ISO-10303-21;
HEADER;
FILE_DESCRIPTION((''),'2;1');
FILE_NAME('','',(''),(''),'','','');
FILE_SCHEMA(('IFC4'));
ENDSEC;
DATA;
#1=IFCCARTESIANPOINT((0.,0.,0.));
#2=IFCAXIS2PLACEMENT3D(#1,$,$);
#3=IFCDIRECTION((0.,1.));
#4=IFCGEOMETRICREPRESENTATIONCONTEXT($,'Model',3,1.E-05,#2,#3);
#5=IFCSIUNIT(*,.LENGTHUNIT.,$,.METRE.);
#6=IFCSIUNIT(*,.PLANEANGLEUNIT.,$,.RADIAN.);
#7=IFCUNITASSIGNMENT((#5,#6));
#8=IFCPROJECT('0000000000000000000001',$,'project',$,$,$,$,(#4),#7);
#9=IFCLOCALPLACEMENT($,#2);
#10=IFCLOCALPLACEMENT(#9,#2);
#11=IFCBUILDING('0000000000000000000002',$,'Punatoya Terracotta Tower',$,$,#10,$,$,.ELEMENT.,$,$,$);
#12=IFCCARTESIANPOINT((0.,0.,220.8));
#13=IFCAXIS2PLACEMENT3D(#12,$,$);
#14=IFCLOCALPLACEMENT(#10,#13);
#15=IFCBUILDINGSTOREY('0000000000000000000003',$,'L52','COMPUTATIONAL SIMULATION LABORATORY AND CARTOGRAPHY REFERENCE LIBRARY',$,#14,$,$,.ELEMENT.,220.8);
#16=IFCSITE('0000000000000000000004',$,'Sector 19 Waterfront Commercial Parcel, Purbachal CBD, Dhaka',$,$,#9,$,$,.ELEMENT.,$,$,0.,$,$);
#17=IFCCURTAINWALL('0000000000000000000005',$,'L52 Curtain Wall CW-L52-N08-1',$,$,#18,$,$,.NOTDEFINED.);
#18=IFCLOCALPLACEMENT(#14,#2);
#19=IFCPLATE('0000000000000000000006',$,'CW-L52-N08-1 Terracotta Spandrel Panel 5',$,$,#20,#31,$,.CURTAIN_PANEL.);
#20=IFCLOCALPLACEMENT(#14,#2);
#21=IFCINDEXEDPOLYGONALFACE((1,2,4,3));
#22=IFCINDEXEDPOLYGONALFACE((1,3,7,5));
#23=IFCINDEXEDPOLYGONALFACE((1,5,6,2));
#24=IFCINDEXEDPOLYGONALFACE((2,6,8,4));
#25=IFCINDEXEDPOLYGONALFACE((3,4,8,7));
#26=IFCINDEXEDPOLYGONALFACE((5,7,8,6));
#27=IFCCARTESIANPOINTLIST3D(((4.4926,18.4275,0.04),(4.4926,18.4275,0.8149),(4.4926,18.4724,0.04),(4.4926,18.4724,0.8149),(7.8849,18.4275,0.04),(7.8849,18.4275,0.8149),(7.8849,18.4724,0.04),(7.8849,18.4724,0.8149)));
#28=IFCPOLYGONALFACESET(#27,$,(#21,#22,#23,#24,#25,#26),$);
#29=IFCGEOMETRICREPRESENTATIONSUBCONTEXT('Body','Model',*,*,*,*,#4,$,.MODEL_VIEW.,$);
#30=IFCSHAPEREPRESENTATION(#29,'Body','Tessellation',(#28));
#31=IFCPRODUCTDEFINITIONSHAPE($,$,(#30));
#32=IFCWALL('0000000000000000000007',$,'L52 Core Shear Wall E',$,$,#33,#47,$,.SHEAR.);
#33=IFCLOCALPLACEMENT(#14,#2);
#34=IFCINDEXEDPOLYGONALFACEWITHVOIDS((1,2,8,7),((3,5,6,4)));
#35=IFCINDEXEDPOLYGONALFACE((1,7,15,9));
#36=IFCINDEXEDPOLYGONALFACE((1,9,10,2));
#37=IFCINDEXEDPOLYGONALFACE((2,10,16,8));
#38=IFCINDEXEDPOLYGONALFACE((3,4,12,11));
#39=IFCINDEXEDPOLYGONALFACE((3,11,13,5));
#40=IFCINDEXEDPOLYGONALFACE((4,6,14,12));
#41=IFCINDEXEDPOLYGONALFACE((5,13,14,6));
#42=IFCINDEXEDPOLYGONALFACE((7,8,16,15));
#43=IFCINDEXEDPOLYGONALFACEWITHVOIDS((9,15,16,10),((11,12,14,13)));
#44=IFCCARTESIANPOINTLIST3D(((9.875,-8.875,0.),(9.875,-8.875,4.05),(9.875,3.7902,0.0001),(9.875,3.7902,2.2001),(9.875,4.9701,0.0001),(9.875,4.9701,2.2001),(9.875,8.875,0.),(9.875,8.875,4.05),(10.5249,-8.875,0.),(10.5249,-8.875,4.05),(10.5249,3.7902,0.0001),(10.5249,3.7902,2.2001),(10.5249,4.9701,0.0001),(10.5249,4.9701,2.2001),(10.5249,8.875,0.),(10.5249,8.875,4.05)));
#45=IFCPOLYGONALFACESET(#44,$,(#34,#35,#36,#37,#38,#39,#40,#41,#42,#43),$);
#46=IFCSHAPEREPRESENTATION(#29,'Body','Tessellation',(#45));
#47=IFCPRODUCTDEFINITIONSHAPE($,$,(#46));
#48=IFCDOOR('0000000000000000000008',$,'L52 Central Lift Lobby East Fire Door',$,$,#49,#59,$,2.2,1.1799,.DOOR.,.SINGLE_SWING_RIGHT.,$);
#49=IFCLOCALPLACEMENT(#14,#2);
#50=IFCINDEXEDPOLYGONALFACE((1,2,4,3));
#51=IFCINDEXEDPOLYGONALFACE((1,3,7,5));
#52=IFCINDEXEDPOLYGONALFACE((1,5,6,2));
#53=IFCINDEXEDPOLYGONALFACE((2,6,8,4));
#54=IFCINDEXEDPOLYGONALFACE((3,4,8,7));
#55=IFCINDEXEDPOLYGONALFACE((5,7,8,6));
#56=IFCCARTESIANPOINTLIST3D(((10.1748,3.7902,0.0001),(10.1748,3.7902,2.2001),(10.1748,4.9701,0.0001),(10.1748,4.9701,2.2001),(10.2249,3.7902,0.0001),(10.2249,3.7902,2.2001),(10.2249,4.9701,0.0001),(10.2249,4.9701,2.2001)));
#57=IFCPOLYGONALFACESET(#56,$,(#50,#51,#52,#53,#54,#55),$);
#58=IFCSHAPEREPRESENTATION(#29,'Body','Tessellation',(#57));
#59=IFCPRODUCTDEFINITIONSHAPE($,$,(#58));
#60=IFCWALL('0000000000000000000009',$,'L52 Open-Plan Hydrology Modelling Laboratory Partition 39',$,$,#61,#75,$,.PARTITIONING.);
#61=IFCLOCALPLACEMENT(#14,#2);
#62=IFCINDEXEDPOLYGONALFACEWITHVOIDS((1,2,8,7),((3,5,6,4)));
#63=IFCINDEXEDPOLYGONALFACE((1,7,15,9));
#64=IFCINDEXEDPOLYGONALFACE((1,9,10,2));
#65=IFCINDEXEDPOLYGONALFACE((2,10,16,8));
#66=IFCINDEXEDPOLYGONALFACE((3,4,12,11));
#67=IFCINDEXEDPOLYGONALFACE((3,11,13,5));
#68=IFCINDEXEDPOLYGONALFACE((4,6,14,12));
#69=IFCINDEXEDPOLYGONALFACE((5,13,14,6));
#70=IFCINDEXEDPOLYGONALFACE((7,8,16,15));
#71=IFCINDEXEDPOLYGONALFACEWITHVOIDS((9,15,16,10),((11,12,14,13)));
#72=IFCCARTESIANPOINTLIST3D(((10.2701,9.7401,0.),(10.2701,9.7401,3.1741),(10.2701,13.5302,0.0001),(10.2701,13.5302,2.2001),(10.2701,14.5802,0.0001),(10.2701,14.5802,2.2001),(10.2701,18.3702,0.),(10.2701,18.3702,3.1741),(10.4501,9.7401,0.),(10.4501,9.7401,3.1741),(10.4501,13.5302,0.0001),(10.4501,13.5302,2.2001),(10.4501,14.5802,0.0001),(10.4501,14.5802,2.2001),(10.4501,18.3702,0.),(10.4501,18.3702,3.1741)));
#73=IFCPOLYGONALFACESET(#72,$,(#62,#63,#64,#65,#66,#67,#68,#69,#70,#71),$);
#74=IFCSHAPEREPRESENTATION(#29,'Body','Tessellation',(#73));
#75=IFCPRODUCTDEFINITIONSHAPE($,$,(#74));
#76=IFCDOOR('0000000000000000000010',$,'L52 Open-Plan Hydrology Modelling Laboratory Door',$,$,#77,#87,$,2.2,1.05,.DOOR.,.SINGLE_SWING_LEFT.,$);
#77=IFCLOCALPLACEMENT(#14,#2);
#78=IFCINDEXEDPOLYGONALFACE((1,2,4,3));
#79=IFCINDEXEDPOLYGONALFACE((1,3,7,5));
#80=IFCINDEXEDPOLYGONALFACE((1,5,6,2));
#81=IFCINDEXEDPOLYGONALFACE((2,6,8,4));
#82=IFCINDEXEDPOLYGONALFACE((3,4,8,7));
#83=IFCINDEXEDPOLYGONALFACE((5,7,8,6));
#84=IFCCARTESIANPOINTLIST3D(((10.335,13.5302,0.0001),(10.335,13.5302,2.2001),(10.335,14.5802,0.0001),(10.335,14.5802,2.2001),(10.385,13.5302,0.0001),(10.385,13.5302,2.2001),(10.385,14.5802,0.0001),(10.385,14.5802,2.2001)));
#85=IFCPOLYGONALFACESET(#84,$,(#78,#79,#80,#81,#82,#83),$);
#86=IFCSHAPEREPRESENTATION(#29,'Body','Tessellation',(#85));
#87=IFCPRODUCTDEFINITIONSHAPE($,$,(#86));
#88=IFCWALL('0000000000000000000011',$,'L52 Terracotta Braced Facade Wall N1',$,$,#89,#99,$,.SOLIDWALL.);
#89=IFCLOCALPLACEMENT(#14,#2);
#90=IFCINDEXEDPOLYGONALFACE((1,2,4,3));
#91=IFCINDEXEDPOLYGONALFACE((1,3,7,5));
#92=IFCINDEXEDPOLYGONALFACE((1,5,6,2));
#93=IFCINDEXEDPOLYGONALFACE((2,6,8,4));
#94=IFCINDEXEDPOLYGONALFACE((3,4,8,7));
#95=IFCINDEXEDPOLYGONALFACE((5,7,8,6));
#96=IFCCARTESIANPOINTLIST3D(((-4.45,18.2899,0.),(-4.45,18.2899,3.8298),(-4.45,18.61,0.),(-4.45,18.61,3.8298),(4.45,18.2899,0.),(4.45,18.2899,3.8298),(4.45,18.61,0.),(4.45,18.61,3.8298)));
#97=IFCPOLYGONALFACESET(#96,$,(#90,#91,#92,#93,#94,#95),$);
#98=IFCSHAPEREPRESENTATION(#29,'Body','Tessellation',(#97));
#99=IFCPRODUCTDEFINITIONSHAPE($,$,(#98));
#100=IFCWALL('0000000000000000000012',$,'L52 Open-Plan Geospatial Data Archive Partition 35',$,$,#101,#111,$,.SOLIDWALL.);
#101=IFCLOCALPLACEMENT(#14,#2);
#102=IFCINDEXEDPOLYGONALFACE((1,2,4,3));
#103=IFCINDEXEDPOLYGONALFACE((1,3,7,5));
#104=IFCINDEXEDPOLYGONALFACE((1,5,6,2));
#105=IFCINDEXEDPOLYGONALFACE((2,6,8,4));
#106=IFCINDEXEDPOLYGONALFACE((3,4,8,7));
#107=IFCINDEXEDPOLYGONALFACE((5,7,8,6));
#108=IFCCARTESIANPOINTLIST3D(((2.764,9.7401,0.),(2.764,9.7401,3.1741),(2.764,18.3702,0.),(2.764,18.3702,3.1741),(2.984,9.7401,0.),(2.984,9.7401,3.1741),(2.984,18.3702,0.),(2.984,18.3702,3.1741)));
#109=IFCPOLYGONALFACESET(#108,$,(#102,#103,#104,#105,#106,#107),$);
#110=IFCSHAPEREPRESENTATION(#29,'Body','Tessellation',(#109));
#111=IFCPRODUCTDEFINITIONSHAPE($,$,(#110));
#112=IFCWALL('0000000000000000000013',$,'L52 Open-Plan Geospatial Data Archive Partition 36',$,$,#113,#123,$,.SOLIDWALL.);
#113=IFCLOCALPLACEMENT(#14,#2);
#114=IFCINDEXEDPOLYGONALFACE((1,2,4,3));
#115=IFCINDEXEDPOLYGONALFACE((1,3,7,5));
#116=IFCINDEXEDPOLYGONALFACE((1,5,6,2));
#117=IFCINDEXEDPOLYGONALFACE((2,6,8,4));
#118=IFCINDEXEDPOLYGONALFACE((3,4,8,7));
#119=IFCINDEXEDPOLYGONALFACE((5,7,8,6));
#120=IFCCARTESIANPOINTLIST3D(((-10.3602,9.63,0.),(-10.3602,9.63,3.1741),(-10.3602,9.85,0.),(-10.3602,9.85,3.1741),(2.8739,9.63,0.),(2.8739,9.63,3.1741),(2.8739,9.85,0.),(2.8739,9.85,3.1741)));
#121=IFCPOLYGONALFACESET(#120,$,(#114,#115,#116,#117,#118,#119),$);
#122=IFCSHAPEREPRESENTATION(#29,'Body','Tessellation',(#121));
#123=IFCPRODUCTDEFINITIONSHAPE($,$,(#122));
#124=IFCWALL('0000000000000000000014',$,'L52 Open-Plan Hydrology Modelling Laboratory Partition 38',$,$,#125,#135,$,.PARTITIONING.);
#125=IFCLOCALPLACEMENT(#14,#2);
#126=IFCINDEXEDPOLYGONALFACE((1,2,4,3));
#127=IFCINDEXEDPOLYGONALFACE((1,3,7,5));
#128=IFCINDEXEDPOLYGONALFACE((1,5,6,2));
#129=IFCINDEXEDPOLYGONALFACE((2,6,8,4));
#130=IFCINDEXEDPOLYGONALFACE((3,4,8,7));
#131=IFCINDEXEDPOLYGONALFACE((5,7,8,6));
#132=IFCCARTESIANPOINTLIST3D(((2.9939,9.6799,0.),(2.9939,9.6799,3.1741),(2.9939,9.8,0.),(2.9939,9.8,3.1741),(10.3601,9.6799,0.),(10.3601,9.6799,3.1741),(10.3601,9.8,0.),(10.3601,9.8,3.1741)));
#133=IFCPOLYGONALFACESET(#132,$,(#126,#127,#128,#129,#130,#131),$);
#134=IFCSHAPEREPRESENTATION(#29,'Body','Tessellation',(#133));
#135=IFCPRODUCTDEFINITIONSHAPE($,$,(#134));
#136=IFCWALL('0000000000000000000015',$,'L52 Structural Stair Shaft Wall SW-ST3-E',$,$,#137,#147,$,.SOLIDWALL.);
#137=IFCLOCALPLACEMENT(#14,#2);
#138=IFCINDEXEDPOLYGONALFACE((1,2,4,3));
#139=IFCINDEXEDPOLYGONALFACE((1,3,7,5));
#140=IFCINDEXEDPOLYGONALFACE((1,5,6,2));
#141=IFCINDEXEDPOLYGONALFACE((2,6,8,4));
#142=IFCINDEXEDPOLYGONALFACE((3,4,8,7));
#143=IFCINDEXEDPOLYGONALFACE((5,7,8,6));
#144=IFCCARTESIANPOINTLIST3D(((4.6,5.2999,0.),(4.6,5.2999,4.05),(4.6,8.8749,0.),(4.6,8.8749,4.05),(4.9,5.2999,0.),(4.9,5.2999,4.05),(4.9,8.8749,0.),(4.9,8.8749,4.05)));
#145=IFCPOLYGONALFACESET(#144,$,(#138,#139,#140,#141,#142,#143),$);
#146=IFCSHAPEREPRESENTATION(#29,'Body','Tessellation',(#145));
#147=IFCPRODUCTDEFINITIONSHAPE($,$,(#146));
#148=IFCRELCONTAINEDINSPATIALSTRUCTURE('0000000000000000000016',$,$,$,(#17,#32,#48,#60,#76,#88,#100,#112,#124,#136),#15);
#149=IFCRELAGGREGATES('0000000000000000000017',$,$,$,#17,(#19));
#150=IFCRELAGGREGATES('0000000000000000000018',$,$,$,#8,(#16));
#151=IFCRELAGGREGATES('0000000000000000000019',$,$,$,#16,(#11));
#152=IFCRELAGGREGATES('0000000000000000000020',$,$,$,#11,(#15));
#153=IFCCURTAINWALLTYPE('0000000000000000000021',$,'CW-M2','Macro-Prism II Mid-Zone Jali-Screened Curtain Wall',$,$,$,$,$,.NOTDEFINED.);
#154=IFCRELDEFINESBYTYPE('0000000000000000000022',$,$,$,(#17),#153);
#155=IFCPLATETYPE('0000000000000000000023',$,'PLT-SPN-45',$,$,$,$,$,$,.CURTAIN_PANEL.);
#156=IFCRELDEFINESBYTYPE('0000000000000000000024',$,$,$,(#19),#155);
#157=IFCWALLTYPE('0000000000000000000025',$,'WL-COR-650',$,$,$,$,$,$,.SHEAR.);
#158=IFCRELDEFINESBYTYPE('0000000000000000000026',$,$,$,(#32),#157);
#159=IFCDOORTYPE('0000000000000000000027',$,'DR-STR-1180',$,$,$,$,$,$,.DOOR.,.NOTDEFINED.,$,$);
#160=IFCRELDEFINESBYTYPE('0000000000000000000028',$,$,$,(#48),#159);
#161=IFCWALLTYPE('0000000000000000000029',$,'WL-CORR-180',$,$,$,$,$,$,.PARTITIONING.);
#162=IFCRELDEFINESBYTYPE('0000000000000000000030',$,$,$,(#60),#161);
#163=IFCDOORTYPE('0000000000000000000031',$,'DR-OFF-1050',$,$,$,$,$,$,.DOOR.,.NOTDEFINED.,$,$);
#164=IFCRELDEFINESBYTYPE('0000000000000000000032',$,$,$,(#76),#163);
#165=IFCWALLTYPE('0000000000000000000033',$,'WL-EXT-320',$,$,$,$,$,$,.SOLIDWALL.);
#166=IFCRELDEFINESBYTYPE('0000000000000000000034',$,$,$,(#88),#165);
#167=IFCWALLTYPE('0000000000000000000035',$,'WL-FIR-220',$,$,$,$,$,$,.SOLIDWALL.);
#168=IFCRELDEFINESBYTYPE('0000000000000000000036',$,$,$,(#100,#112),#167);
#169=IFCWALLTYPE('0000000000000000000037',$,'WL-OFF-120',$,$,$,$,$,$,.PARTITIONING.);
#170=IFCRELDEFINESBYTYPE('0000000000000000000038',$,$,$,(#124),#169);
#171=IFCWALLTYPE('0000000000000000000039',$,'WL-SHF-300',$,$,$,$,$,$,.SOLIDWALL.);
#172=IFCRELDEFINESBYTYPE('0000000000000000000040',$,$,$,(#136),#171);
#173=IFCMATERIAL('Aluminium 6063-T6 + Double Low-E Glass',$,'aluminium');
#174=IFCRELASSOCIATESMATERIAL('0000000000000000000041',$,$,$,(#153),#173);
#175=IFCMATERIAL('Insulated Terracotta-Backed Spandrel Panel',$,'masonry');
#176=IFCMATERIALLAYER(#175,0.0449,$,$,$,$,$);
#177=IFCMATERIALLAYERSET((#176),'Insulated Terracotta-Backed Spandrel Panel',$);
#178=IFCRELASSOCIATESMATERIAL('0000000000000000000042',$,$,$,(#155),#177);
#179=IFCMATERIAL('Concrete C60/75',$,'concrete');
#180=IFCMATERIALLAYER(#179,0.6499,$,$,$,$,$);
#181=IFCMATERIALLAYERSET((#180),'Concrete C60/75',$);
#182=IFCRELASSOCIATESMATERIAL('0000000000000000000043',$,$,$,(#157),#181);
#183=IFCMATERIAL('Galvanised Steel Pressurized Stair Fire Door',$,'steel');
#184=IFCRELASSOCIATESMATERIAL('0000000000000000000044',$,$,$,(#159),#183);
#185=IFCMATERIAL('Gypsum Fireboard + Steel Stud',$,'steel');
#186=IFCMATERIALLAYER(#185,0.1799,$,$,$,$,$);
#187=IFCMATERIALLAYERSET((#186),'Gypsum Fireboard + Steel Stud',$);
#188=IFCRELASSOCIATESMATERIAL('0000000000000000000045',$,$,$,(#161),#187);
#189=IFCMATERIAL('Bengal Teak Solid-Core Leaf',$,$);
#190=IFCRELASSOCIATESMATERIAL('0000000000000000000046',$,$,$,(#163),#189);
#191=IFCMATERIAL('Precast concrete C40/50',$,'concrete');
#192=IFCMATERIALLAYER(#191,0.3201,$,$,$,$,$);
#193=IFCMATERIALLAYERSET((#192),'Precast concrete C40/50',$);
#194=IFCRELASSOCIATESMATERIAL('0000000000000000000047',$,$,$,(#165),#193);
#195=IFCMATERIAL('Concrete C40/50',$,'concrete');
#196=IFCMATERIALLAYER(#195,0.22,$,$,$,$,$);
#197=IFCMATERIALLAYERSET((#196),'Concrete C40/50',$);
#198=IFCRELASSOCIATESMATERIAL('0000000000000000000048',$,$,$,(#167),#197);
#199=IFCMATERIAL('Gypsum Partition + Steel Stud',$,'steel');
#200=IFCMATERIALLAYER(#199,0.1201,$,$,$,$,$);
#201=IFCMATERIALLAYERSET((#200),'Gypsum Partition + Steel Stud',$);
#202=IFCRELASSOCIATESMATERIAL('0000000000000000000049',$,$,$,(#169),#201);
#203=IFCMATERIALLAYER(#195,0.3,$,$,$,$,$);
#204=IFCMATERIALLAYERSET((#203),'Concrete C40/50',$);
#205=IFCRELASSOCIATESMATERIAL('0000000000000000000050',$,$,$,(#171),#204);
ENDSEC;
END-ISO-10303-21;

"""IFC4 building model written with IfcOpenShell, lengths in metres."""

from ifc_helpers import new_model, si_unit, direction, frame, frame_2d, origin, origin_2d, place, context, subcontext, project, spatial, rectangle, extrude, material, layer, layer_set, type_object, element, fill, aggregate, save


model = new_model("IFC4")

# Units and contexts
model_context = context("Model", 3, precision=1e-05, world=origin(), true_north=direction((0.0, 1.0)))
body_context = subcontext(model_context, "Body", "Model", "MODEL_VIEW")
ifc_project = project(units=[si_unit("LENGTHUNIT", "METRE"), si_unit("PLANEANGLEUNIT", "RADIAN")], contexts=[model_context])

# Site, building, storey
site_placement = place(None, origin())
site = spatial("IfcSite", under=ifc_project, at=site_placement, Name="Sector 19 Waterfront Commercial Parcel, Purbachal CBD, Dhaka", CompositionType="ELEMENT", RefElevation=0.0)
building_placement = place(site_placement, origin())
building = spatial("IfcBuilding", under=site, at=building_placement, Name="Punatoya Terracotta Tower", CompositionType="ELEMENT")
storey_placement = place(building_placement, frame((0.0, 0.0, 220.8)))
storey = spatial("IfcBuildingStorey", under=building, at=storey_placement, Name="L52", Description="COMPUTATIONAL SIMULATION LABORATORY AND CARTOGRAPHY REFERENCE LIBRARY", CompositionType="ELEMENT", Elevation=220.8)

# Curtain wall
ifc_material_1 = material(Name="Aluminium 6063-T6 + Double Low-E Glass", Category="aluminium")
curtain_wall_type = type_object("IfcCurtainWallType", Name="CW-M2", Description="Macro-Prism II Mid-Zone Jali-Screened Curtain Wall", PredefinedType="NOTDEFINED", material=ifc_material_1)
curtain_wall_placement = place(storey_placement, origin())
curtain_wall = element("IfcCurtainWall", 1, at=curtain_wall_placement, inside=storey, type_object=curtain_wall_type, Name="L52 Curtain Wall CW-L52-N08-1", PredefinedType="NOTDEFINED")

# Plate
ifc_material_2 = material(Name="Insulated Terracotta-Backed Spandrel Panel", Category="masonry")
ifc_layer_1 = layer(ifc_material_2, 0.0449)
ifc_layer_set_1 = layer_set([ifc_layer_1], Name="Insulated Terracotta-Backed Spandrel Panel")
plate_type_1 = type_object("IfcPlateType", Name="PLT-SPN-45", PredefinedType="CURTAIN_PANEL", material=ifc_layer_set_1)
plate_1_placement = place(storey_placement, frame((6.1887, 18.45, 0.04), z_axis=(0.0, 0.0, 1.0), x_axis=(-1.0, 0.0, 0.0)))
plate_1 = element("IfcPlate", 2, at=plate_1_placement, type_object=plate_type_1, Name="CW-L52-N08-1 Terracotta Spandrel Panel 5", PredefinedType="CURTAIN_PANEL", context=body_context, shape_type="SweptSolid", body=[
    extrude(rectangle(XDim=3.3923, YDim=0.0449, at=origin_2d()), origin(), (0.0, 0.0, 1.0), 0.7749),
])
aggregate(curtain_wall, [plate_1])

# Walls, openings, doors
ifc_material_3 = material(Name="Concrete C60/75", Category="concrete")
ifc_layer_2 = layer(ifc_material_3, 0.6499)
ifc_layer_set_2 = layer_set([ifc_layer_2], Name="Concrete C60/75")
wall_type_1 = type_object("IfcWallType", Name="WL-COR-650", PredefinedType="SHEAR", material=ifc_layer_set_2)
wall_1_placement = place(storey_placement, frame((10.2, 8.875, 0.0), z_axis=(0.0, 0.0, 1.0), x_axis=(0.0, -1.0, 0.0)))
wall_1 = element("IfcWall", 3, at=wall_1_placement, inside=storey, type_object=wall_type_1, Name="L52 Core Shear Wall E", PredefinedType="SHEAR", context=body_context, shape_type="SweptSolid", body=[
    extrude(rectangle(XDim=17.75, YDim=0.6499, at=frame_2d((8.875, 0.0))), origin(), (0.0, 0.0, 1.0), 4.05),
])
opening_1_placement = place(wall_1_placement, frame((3.905, 0.0, 0.0)))
opening_1 = element("IfcOpeningElement", 4, at=opening_1_placement, cuts=wall_1, PredefinedType="OPENING", context=body_context, shape_type="SweptSolid", body=[
    extrude(rectangle(XDim=1.1799, YDim=2.2, at=frame_2d((0.5898, 1.1001))), frame((0.0, 0.335, 0.0), z_axis=(0.0, -1.0, 0.0), x_axis=(1.0, 0.0, 0.0)), (0.0, 0.0, 1.0), 0.6699),
])
ifc_material_4 = material(Name="Galvanised Steel Pressurized Stair Fire Door", Category="steel")
door_type_1 = type_object("IfcDoorType", Name="DR-STR-1180", OperationType="NOTDEFINED", PredefinedType="DOOR", material=ifc_material_4)
door_1_placement = place(opening_1_placement, origin())
door_1 = element("IfcDoor", 5, at=door_1_placement, inside=storey, type_object=door_type_1, Name="L52 Central Lift Lobby East Fire Door", OperationType="SINGLE_SWING_RIGHT", OverallHeight=2.2, OverallWidth=1.1799, PredefinedType="DOOR", context=body_context, shape_type="SweptSolid", body=[
    extrude(rectangle(XDim=1.1799, YDim=2.2, at=frame_2d((0.5898, 1.1001))), frame((0.0, 0.0249, 0.0), z_axis=(0.0, -1.0, 0.0), x_axis=(1.0, 0.0, 0.0)), (0.0, 0.0, 1.0), 0.05),
])
fill(opening_1, door_1)
ifc_material_5 = material(Name="Gypsum Fireboard + Steel Stud", Category="steel")
ifc_layer_3 = layer(ifc_material_5, 0.1799)
ifc_layer_set_3 = layer_set([ifc_layer_3], Name="Gypsum Fireboard + Steel Stud")
wall_type_2 = type_object("IfcWallType", Name="WL-CORR-180", PredefinedType="PARTITIONING", material=ifc_layer_set_3)
wall_2_placement = place(storey_placement, frame((10.3601, 18.3701, 0.0), z_axis=(0.0, 0.0, 1.0), x_axis=(0.0, -1.0, 0.0)))
wall_2 = element("IfcWall", 6, at=wall_2_placement, inside=storey, type_object=wall_type_2, Name="L52 Open-Plan Hydrology Modelling Laboratory Partition 39", PredefinedType="PARTITIONING", context=body_context, shape_type="SweptSolid", body=[
    extrude(rectangle(XDim=8.6301, YDim=0.1799, at=frame_2d((4.3149, 0.0))), origin(), (0.0, 0.0, 1.0), 3.1741),
])
opening_2_placement = place(wall_2_placement, frame((3.79, 0.0, 0.0)))
opening_2 = element("IfcOpeningElement", 7, at=opening_2_placement, cuts=wall_2, PredefinedType="OPENING", context=body_context, shape_type="SweptSolid", body=[
    extrude(rectangle(XDim=1.05, YDim=2.2, at=frame_2d((0.5249, 1.1001))), frame((0.0, 0.0999, 0.0), z_axis=(0.0, -1.0, 0.0), x_axis=(1.0, 0.0, 0.0)), (0.0, 0.0, 1.0), 0.2),
])
ifc_material_6 = material(Name="Bengal Teak Solid-Core Leaf")
door_type_2 = type_object("IfcDoorType", Name="DR-OFF-1050", OperationType="NOTDEFINED", PredefinedType="DOOR", material=ifc_material_6)
door_2_placement = place(opening_2_placement, origin())
door_2 = element("IfcDoor", 8, at=door_2_placement, inside=storey, type_object=door_type_2, Name="L52 Open-Plan Hydrology Modelling Laboratory Door", OperationType="SINGLE_SWING_LEFT", OverallHeight=2.2, OverallWidth=1.05, PredefinedType="DOOR", context=body_context, shape_type="SweptSolid", body=[
    extrude(rectangle(XDim=1.05, YDim=2.2, at=frame_2d((0.5249, 1.1001))), frame((0.0, 0.0249, 0.0), z_axis=(0.0, -1.0, 0.0), x_axis=(1.0, 0.0, 0.0)), (0.0, 0.0, 1.0), 0.05),
])
fill(opening_2, door_2)

# Walls
ifc_material_7 = material(Name="Precast concrete C40/50", Category="concrete")
ifc_layer_4 = layer(ifc_material_7, 0.3201)
ifc_layer_set_4 = layer_set([ifc_layer_4], Name="Precast concrete C40/50")
wall_type_3 = type_object("IfcWallType", Name="WL-EXT-320", PredefinedType="SOLIDWALL", material=ifc_layer_set_4)
wall_3_placement = place(storey_placement, frame((4.45, 18.45, 0.0), z_axis=(0.0, 0.0, 1.0), x_axis=(-1.0, 0.0, 0.0)))
element("IfcWall", 9, at=wall_3_placement, inside=storey, type_object=wall_type_3, Name="L52 Terracotta Braced Facade Wall N1", PredefinedType="SOLIDWALL", context=body_context, shape_type="SweptSolid", body=[
    extrude(rectangle(XDim=8.8999, YDim=0.3201, at=frame_2d((4.45, 0.0))), origin(), (0.0, 0.0, 1.0), 3.8298),
])
ifc_material_8 = material(Name="Concrete C40/50", Category="concrete")
ifc_layer_5 = layer(ifc_material_8, 0.22)
ifc_layer_set_5 = layer_set([ifc_layer_5], Name="Concrete C40/50")
wall_type_4 = type_object("IfcWallType", Name="WL-FIR-220", PredefinedType="SOLIDWALL", material=ifc_layer_set_5)
wall_4_placement = place(storey_placement, frame((2.874, 18.3701, 0.0), z_axis=(0.0, 0.0, 1.0), x_axis=(0.0, -1.0, 0.0)))
element("IfcWall", 10, at=wall_4_placement, inside=storey, type_object=wall_type_4, Name="L52 Open-Plan Geospatial Data Archive Partition 35", PredefinedType="SOLIDWALL", context=body_context, shape_type="SweptSolid", body=[
    extrude(rectangle(XDim=8.6301, YDim=0.22, at=frame_2d((4.3149, 0.0))), origin(), (0.0, 0.0, 1.0), 3.1741),
])
wall_5_placement = place(storey_placement, frame((2.874, 9.74, 0.0), z_axis=(0.0, 0.0, 1.0), x_axis=(-1.0, 0.0, 0.0)))
element("IfcWall", 11, at=wall_5_placement, inside=storey, type_object=wall_type_4, Name="L52 Open-Plan Geospatial Data Archive Partition 36", PredefinedType="SOLIDWALL", context=body_context, shape_type="SweptSolid", body=[
    extrude(rectangle(XDim=13.2341, YDim=0.22, at=frame_2d((6.6172, 0.0))), origin(), (0.0, 0.0, 1.0), 3.1741),
])
ifc_material_9 = material(Name="Gypsum Partition + Steel Stud", Category="steel")
ifc_layer_6 = layer(ifc_material_9, 0.1201)
ifc_layer_set_6 = layer_set([ifc_layer_6], Name="Gypsum Partition + Steel Stud")
wall_type_5 = type_object("IfcWallType", Name="WL-OFF-120", PredefinedType="PARTITIONING", material=ifc_layer_set_6)
wall_6_placement = place(storey_placement, frame((10.3601, 9.74, 0.0), z_axis=(0.0, 0.0, 1.0), x_axis=(-1.0, 0.0, 0.0)))
element("IfcWall", 12, at=wall_6_placement, inside=storey, type_object=wall_type_5, Name="L52 Open-Plan Hydrology Modelling Laboratory Partition 38", PredefinedType="PARTITIONING", context=body_context, shape_type="SweptSolid", body=[
    extrude(rectangle(XDim=7.3662, YDim=0.1201, at=frame_2d((3.6831, 0.0))), origin(), (0.0, 0.0, 1.0), 3.1741),
])
ifc_layer_7 = layer(ifc_material_8, 0.3)
ifc_layer_set_7 = layer_set([ifc_layer_7], Name="Concrete C40/50")
wall_type_6 = type_object("IfcWallType", Name="WL-SHF-300", PredefinedType="SOLIDWALL", material=ifc_layer_set_7)
wall_7_placement = place(storey_placement, frame((4.75, 8.875, 0.0), z_axis=(0.0, 0.0, 1.0), x_axis=(0.0, -1.0, 0.0)))
element("IfcWall", 13, at=wall_7_placement, inside=storey, type_object=wall_type_6, Name="L52 Structural Stair Shaft Wall SW-ST3-E", PredefinedType="SOLIDWALL", context=body_context, shape_type="SweptSolid", body=[
    extrude(rectangle(XDim=3.575, YDim=0.3, at=frame_2d((1.7876, 0.0))), origin(), (0.0, 0.0, 1.0), 4.05),
])

save(model, "model.ifc")
